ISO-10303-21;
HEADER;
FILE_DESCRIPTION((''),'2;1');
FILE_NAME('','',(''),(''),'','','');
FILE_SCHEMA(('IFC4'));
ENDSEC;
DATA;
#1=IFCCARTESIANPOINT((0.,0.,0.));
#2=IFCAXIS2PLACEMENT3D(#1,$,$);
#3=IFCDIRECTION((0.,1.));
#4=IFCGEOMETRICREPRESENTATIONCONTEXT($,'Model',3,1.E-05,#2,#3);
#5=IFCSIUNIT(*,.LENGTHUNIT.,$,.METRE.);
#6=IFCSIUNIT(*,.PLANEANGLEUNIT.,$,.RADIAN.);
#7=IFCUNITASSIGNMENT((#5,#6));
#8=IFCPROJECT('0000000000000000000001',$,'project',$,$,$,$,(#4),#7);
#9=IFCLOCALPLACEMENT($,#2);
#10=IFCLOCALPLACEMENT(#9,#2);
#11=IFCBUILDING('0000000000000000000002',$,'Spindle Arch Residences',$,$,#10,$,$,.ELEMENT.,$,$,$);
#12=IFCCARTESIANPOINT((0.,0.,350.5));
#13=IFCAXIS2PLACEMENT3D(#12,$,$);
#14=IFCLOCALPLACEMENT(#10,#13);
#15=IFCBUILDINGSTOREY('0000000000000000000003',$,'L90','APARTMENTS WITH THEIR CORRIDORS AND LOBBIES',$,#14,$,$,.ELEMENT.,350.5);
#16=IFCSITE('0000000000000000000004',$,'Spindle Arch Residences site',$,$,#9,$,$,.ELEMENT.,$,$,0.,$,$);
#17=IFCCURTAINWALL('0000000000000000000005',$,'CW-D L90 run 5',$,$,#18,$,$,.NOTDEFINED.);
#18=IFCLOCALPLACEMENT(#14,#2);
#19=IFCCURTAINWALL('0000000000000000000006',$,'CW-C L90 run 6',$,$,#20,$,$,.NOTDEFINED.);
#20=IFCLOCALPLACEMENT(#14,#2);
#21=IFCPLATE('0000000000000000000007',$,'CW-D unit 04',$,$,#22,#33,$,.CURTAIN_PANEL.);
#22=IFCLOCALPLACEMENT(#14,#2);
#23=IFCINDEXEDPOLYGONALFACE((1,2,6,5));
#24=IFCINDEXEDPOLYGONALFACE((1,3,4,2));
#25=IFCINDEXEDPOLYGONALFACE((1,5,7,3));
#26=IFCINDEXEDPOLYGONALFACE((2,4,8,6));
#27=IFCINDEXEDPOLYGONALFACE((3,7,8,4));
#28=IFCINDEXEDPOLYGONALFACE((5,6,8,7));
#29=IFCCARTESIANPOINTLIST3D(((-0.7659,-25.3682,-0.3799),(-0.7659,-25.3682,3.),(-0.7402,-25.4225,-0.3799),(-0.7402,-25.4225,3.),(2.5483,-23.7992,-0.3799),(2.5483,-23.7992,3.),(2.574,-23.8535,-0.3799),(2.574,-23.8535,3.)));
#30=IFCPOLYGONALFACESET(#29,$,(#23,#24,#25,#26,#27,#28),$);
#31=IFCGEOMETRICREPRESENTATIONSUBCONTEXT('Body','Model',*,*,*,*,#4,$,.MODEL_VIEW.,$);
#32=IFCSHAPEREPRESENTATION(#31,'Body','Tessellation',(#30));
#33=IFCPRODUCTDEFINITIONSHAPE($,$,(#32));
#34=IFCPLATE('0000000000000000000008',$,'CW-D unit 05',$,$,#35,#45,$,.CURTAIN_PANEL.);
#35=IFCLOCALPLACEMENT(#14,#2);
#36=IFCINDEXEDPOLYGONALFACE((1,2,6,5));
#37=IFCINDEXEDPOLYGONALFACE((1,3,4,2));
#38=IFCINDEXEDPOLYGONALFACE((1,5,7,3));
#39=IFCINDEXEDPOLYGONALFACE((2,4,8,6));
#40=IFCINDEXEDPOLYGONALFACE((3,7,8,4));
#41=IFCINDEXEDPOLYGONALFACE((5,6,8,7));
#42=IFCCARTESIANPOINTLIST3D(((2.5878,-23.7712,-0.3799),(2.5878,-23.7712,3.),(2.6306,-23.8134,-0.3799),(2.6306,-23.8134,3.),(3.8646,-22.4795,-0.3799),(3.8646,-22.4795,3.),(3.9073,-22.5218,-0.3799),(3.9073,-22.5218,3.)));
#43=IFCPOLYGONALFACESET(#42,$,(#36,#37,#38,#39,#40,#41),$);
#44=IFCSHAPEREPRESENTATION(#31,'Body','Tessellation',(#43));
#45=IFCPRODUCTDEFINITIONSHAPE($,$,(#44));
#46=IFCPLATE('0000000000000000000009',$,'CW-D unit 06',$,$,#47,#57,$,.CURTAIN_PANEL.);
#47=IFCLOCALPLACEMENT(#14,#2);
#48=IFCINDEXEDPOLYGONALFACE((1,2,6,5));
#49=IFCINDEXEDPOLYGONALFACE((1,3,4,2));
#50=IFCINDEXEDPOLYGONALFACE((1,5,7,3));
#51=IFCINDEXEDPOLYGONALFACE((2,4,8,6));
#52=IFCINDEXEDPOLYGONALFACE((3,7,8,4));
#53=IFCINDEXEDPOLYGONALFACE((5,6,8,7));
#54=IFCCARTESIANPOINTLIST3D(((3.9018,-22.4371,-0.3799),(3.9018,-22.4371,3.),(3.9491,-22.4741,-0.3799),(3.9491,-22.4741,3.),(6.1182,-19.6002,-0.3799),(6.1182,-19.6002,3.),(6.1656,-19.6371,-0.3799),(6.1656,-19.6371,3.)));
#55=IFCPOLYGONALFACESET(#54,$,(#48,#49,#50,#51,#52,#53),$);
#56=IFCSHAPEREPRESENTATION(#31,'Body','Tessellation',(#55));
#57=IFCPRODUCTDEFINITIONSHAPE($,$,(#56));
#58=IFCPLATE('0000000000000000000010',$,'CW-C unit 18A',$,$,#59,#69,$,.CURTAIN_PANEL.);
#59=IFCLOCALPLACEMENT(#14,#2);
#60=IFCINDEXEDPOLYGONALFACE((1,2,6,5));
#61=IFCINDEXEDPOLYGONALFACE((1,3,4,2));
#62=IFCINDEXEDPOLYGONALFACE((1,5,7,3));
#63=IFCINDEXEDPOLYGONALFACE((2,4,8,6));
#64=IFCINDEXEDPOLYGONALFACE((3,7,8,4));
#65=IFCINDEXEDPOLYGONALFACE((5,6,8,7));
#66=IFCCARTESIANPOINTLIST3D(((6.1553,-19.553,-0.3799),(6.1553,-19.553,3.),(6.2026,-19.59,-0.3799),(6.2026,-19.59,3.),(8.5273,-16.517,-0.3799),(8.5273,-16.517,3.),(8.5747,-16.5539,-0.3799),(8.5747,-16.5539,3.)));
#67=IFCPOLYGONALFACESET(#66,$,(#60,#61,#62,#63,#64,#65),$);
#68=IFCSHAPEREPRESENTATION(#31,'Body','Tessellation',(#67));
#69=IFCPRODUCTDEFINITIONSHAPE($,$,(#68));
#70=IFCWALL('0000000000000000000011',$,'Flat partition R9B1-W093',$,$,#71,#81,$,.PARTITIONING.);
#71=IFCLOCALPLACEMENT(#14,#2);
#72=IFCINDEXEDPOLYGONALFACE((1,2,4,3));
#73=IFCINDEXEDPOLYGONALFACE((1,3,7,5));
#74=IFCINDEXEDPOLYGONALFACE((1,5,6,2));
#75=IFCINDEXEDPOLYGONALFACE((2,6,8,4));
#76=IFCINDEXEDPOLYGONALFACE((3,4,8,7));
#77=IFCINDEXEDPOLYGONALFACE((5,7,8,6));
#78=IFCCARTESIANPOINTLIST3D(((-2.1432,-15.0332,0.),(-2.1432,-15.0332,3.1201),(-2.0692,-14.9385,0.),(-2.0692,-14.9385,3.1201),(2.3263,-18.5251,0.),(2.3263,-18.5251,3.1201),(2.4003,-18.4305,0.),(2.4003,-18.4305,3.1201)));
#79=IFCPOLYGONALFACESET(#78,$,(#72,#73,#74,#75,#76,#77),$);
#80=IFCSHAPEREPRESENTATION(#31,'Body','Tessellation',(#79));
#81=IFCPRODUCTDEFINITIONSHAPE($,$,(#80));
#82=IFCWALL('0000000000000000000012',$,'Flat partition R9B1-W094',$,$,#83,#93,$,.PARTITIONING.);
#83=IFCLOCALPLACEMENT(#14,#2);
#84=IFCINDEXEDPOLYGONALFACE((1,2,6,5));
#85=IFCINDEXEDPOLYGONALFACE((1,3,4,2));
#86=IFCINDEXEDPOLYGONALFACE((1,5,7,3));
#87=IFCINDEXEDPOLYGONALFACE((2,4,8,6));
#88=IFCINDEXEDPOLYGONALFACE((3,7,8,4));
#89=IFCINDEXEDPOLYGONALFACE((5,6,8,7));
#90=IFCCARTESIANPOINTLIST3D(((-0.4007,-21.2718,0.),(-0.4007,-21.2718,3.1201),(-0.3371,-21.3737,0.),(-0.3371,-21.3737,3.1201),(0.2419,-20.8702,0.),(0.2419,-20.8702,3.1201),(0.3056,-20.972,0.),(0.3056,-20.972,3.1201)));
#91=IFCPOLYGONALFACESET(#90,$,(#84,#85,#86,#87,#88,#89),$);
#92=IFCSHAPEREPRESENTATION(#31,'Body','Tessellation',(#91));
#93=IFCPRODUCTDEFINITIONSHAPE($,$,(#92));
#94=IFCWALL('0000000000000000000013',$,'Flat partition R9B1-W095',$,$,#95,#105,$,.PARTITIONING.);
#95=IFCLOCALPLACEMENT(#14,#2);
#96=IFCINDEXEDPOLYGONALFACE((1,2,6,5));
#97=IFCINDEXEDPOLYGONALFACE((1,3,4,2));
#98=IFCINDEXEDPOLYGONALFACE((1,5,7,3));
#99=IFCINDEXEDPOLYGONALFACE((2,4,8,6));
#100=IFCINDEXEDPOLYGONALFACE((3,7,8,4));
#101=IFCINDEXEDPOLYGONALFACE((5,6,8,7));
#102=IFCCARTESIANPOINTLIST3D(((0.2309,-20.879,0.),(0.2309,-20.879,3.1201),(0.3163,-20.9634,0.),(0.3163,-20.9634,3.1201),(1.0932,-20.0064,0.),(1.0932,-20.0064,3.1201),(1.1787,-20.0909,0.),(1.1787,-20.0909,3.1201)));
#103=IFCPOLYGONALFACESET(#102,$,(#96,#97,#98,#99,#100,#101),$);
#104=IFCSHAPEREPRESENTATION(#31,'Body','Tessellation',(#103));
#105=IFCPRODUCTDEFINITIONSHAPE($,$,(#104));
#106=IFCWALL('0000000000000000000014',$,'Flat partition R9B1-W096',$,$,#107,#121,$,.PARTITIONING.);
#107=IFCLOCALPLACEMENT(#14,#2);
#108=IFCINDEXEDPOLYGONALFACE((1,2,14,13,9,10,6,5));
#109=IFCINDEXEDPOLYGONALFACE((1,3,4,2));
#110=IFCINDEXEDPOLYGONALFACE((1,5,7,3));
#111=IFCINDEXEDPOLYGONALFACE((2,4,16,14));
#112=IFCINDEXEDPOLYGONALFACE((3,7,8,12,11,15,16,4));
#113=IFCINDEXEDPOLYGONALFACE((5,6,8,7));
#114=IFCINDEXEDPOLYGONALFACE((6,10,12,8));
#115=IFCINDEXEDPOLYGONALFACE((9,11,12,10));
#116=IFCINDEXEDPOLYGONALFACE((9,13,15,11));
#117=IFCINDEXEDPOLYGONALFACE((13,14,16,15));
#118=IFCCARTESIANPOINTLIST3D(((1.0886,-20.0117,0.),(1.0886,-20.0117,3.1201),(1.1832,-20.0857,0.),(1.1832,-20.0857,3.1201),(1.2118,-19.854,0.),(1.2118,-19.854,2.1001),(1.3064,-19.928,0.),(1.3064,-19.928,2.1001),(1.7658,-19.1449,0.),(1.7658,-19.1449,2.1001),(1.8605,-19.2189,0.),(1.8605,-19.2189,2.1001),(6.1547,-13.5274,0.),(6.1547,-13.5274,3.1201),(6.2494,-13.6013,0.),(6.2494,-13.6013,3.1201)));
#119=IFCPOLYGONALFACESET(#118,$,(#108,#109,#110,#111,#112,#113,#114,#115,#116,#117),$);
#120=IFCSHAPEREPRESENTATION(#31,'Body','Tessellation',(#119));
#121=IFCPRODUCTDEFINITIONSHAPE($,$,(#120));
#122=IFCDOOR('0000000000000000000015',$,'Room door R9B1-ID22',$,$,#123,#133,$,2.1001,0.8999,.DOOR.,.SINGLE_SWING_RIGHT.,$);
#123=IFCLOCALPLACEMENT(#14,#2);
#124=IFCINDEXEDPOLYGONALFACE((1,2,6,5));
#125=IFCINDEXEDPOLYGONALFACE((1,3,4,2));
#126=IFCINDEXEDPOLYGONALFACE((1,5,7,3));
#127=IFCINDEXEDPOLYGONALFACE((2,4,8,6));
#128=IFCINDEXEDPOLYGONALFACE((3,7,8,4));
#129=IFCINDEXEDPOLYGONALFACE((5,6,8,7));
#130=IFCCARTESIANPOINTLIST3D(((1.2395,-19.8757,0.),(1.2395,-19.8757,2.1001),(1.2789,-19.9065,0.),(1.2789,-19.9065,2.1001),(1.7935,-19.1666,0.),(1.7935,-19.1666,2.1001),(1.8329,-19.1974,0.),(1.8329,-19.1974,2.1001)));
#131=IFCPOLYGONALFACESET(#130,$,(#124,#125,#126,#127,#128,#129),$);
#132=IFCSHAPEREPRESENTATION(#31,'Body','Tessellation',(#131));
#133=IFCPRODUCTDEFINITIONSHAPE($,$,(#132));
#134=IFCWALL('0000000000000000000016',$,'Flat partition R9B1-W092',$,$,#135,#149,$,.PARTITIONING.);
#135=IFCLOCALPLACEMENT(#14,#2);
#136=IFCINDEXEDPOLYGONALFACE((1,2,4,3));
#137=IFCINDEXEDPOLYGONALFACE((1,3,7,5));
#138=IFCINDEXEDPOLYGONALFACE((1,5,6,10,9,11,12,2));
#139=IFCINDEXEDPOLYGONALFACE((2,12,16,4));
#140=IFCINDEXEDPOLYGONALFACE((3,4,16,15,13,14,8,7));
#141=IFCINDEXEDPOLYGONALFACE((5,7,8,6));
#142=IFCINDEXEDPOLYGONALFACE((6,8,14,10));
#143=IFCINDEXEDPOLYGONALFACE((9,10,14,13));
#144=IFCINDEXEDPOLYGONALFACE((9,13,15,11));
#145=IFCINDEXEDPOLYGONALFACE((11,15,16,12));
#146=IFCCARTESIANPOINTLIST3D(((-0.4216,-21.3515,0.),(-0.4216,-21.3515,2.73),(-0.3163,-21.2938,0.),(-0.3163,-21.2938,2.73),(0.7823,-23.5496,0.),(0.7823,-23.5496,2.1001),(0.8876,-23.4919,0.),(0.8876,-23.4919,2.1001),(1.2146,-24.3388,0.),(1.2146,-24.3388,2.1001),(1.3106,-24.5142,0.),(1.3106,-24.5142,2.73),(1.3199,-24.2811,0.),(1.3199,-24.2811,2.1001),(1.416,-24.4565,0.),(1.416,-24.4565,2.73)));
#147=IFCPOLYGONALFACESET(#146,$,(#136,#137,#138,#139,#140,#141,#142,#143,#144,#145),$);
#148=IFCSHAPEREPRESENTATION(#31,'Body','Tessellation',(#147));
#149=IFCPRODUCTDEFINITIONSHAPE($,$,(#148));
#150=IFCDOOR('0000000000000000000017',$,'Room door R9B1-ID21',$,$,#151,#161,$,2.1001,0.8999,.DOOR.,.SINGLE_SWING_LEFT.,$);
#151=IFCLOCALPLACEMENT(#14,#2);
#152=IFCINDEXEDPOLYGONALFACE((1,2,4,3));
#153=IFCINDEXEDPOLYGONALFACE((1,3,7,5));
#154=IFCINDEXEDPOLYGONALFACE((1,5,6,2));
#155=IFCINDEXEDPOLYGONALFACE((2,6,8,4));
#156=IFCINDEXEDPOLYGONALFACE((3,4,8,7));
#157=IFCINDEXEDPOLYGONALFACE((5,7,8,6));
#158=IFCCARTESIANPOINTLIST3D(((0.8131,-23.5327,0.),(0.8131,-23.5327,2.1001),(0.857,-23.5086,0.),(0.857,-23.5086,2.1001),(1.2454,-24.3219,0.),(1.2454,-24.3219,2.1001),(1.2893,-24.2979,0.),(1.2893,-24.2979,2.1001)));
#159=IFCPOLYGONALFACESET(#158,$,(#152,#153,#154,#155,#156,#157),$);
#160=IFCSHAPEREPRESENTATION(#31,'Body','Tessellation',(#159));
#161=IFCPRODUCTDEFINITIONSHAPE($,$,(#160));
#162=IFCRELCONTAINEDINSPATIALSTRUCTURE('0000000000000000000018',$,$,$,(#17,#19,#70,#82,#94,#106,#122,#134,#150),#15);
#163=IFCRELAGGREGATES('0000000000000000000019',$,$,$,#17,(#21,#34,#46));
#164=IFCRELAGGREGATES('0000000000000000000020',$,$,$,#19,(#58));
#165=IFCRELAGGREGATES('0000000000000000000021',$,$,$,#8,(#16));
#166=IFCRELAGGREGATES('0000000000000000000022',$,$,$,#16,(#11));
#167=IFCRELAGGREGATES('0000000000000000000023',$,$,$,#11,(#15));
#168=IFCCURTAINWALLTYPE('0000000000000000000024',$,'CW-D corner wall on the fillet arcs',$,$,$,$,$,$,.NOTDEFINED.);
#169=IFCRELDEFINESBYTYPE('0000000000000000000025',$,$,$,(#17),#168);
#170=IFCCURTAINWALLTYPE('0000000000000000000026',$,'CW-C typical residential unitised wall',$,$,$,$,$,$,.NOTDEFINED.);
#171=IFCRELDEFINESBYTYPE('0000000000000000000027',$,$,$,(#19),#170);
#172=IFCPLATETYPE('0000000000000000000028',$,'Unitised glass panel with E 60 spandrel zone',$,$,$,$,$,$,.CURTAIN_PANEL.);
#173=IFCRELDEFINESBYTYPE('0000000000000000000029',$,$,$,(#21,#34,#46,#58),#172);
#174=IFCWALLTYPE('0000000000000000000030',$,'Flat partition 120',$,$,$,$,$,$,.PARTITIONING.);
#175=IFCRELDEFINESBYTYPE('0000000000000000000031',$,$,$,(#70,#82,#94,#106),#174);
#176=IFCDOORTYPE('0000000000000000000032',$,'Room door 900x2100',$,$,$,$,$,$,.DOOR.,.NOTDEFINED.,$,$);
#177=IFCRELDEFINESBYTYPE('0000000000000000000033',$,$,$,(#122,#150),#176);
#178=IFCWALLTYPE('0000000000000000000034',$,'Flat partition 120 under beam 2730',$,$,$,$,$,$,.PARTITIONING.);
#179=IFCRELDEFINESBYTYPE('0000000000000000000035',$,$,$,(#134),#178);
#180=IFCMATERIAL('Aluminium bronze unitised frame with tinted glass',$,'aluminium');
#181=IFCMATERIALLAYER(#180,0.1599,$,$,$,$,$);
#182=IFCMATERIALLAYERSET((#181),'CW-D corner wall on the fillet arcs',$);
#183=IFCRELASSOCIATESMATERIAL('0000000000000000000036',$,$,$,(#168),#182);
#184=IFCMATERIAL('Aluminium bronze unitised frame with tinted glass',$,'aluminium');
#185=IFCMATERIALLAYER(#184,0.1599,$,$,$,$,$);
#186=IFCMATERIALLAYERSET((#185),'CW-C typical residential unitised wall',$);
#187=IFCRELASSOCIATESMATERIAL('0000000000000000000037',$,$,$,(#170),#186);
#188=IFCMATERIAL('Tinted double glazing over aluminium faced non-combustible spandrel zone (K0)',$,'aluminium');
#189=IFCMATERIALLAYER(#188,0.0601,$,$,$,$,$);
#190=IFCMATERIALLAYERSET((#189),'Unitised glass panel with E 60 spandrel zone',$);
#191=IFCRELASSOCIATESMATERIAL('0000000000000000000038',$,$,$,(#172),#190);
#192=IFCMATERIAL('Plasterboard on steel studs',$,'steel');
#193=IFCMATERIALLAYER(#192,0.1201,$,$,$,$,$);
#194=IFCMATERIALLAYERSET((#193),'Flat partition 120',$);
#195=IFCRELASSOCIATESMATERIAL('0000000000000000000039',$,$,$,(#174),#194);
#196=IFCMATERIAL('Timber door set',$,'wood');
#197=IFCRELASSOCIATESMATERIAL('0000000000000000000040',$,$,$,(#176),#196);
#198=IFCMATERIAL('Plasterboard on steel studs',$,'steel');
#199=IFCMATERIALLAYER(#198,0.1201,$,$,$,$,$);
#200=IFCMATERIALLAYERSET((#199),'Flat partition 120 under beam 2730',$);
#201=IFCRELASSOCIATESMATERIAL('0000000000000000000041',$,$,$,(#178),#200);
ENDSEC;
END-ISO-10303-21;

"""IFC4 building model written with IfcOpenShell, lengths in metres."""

from ifc_helpers import new_model, si_unit, direction, frame, frame_2d, origin, origin_2d, place, context, subcontext, project, spatial, rectangle, extrude, material, layer, layer_set, type_object, element, fill, aggregate, save


model = new_model("IFC4")

# Units and contexts
model_context = context("Model", 3, precision=1e-05, world=origin(), true_north=direction((0.0, 1.0)))
body_context = subcontext(model_context, "Body", "Model", "MODEL_VIEW")
ifc_project = project(units=[si_unit("LENGTHUNIT", "METRE"), si_unit("PLANEANGLEUNIT", "RADIAN")], contexts=[model_context])

# Site, building, storey
site_placement = place(None, origin())
site = spatial("IfcSite", under=ifc_project, at=site_placement, Name="Spindle Arch Residences site", CompositionType="ELEMENT", RefElevation=0.0)
building_placement = place(site_placement, origin())
building = spatial("IfcBuilding", under=site, at=building_placement, Name="Spindle Arch Residences", CompositionType="ELEMENT")
storey_placement = place(building_placement, frame((0.0, 0.0, 350.5)))
storey = spatial("IfcBuildingStorey", under=building, at=storey_placement, Name="L90", Description="APARTMENTS WITH THEIR CORRIDORS AND LOBBIES", CompositionType="ELEMENT", Elevation=350.5)

# Curtain wall
ifc_material_1 = material(Name="Aluminium bronze unitised frame with tinted glass", Category="aluminium")
ifc_layer_1 = layer(ifc_material_1, 0.1599)
ifc_layer_set_1 = layer_set([ifc_layer_1], Name="CW-D corner wall on the fillet arcs")
curtain_wall_type_1 = type_object("IfcCurtainWallType", Name="CW-D corner wall on the fillet arcs", PredefinedType="NOTDEFINED", material=ifc_layer_set_1)
curtain_wall_1_placement = place(storey_placement, origin())
curtain_wall_1 = element("IfcCurtainWall", 1, at=curtain_wall_1_placement, inside=storey, type_object=curtain_wall_type_1, Name="CW-D L90 run 5", PredefinedType="NOTDEFINED")

# Curtain wall
ifc_material_2 = material(Name="Aluminium bronze unitised frame with tinted glass", Category="aluminium")
ifc_layer_2 = layer(ifc_material_2, 0.1599)
ifc_layer_set_2 = layer_set([ifc_layer_2], Name="CW-C typical residential unitised wall")
curtain_wall_type_2 = type_object("IfcCurtainWallType", Name="CW-C typical residential unitised wall", PredefinedType="NOTDEFINED", material=ifc_layer_set_2)
curtain_wall_2_placement = place(storey_placement, origin())
curtain_wall_2 = element("IfcCurtainWall", 2, at=curtain_wall_2_placement, inside=storey, type_object=curtain_wall_type_2, Name="CW-C L90 run 6", PredefinedType="NOTDEFINED")

# Plates
ifc_material_3 = material(Name="Tinted double glazing over aluminium faced non-combustible spandrel zone (K0)", Category="aluminium")
ifc_layer_3 = layer(ifc_material_3, 0.0601)
ifc_layer_set_3 = layer_set([ifc_layer_3], Name="Unitised glass panel with E 60 spandrel zone")
plate_type = type_object("IfcPlateType", Name="Unitised glass panel with E 60 spandrel zone", PredefinedType="CURTAIN_PANEL", material=ifc_layer_set_3)
plate_1_placement = place(storey_placement, frame((0.9041, -24.6108, -0.3799), z_axis=(0.0, 0.0, 1.0), x_axis=(0.903834, 0.427884, 0.0)))
plate_1 = element("IfcPlate", 3, at=plate_1_placement, type_object=plate_type, Name="CW-D unit 04", PredefinedType="CURTAIN_PANEL", context=body_context, shape_type="SweptSolid", body=[
    extrude(rectangle(XDim=3.6667, YDim=0.0601, at=origin_2d()), origin(), (0.0, 0.0, 1.0), 3.3799),
])
plate_2_placement = place(storey_placement, frame((3.2476, -23.1465, -0.3799), z_axis=(0.0, 0.0, 1.0), x_axis=(0.702981, 0.711209, 0.0)))
plate_2 = element("IfcPlate", 4, at=plate_2_placement, type_object=plate_type, Name="CW-D unit 05", PredefinedType="CURTAIN_PANEL", context=body_context, shape_type="SweptSolid", body=[
    extrude(rectangle(XDim=1.8162, YDim=0.0601, at=origin_2d()), origin(), (0.0, 0.0, 1.0), 3.3799),
])
plate_3_placement = place(storey_placement, frame((5.0337, -21.0371, -0.3799), z_axis=(0.0, 0.0, 1.0), x_axis=(0.615661, 0.788011, 0.0)))
plate_3 = element("IfcPlate", 5, at=plate_3_placement, type_object=plate_type, Name="CW-D unit 06", PredefinedType="CURTAIN_PANEL", context=body_context, shape_type="SweptSolid", body=[
    extrude(rectangle(XDim=3.6001, YDim=0.0601, at=origin_2d()), origin(), (0.0, 0.0, 1.0), 3.3799),
])
aggregate(curtain_wall_1, [plate_1, plate_2, plate_3])
plate_4_placement = place(storey_placement, frame((7.365, -18.0535, -0.3799), z_axis=(0.0, 0.0, 1.0), x_axis=(0.615661, 0.788011, 0.0)))
plate_4 = element("IfcPlate", 6, at=plate_4_placement, type_object=plate_type, Name="CW-C unit 18A", PredefinedType="CURTAIN_PANEL", context=body_context, shape_type="SweptSolid", body=[
    extrude(rectangle(XDim=3.8528, YDim=0.0601, at=origin_2d()), origin(), (0.0, 0.0, 1.0), 3.3799),
])
aggregate(curtain_wall_2, [plate_4])

# Walls
ifc_material_4 = material(Name="Plasterboard on steel studs", Category="steel")
ifc_layer_4 = layer(ifc_material_4, 0.1201)
ifc_layer_set_4 = layer_set([ifc_layer_4], Name="Flat partition 120")
wall_type_1 = type_object("IfcWallType", Name="Flat partition 120", PredefinedType="PARTITIONING", material=ifc_layer_set_4)
wall_1_placement = place(storey_placement, frame((2.3633, -18.4778, 0.0), z_axis=(0.0, 0.0, 1.0), x_axis=(-0.788011, 0.615662, 0.0)))
element("IfcWall", 7, at=wall_1_placement, inside=storey, type_object=wall_type_1, Name="Flat partition R9B1-W093", PredefinedType="PARTITIONING", context=body_context, shape_type="SweptSolid", body=[
    extrude(rectangle(XDim=5.6719, YDim=0.1201, at=frame_2d((2.8359, 0.0))), origin(), (0.0, 0.0, 1.0), 3.1201),
])
wall_2_placement = place(storey_placement, frame((-0.3689, -21.3228, 0.0), z_axis=(0.0, 0.0, 1.0), x_axis=(0.847998, 0.529999, 0.0)))
element("IfcWall", 8, at=wall_2_placement, inside=storey, type_object=wall_type_1, Name="Flat partition R9B1-W094", PredefinedType="PARTITIONING", context=body_context, shape_type="SweptSolid", body=[
    extrude(rectangle(XDim=0.7578, YDim=0.1201, at=frame_2d((0.3789, 0.0))), origin(), (0.0, 0.0, 1.0), 3.1201),
])
wall_3_placement = place(storey_placement, frame((0.2737, -20.9211, 0.0), z_axis=(0.0, 0.0, 1.0), x_axis=(0.702915, 0.711274, 0.0)))
element("IfcWall", 9, at=wall_3_placement, inside=storey, type_object=wall_type_1, Name="Flat partition R9B1-W095", PredefinedType="PARTITIONING", context=body_context, shape_type="SweptSolid", body=[
    extrude(rectangle(XDim=1.2268, YDim=0.1201, at=frame_2d((0.6133, 0.0))), origin(), (0.0, 0.0, 1.0), 3.1201),
])

# Walls, openings, doors
wall_4_placement = place(storey_placement, frame((1.136, -20.0486, 0.0), z_axis=(0.0, 0.0, 1.0), x_axis=(0.615662, 0.78801, 0.0)))
wall_4 = element("IfcWall", 10, at=wall_4_placement, inside=storey, type_object=wall_type_1, Name="Flat partition R9B1-W096", PredefinedType="PARTITIONING", context=body_context, shape_type="SweptSolid", body=[
    extrude(rectangle(XDim=8.2288, YDim=0.1201, at=frame_2d((4.1143, 0.0))), origin(), (0.0, 0.0, 1.0), 3.1201),
])
opening_1_placement = place(wall_4_placement, frame((0.2, 0.0, 0.0)))
opening_1 = element("IfcOpeningElement", 11, at=opening_1_placement, cuts=wall_4, PredefinedType="OPENING", context=body_context, shape_type="SweptSolid", body=[
    extrude(rectangle(XDim=0.8999, YDim=2.1001, at=frame_2d((0.45, 1.05))), frame((0.0, 0.0701, 0.0), z_axis=(0.0, -1.0, 0.0), x_axis=(1.0, 0.0, 0.0)), (0.0, 0.0, 1.0), 0.1401),
])
ifc_material_5 = material(Name="Timber door set", Category="wood")
door_type = type_object("IfcDoorType", Name="Room door 900x2100", OperationType="NOTDEFINED", PredefinedType="DOOR", material=ifc_material_5)
door_1_placement = place(opening_1_placement, origin())
door_1 = element("IfcDoor", 12, at=door_1_placement, inside=storey, type_object=door_type, Name="Room door R9B1-ID22", OperationType="SINGLE_SWING_RIGHT", OverallHeight=2.1001, OverallWidth=0.8999, PredefinedType="DOOR", context=body_context, shape_type="SweptSolid", body=[
    extrude(rectangle(XDim=0.8999, YDim=2.1001, at=frame_2d((0.45, 1.05))), frame((0.0, 0.0249, 0.0), z_axis=(0.0, -1.0, 0.0), x_axis=(1.0, 0.0, 0.0)), (0.0, 0.0, 1.0), 0.05),
])
fill(opening_1, door_1)
ifc_material_6 = material(Name="Plasterboard on steel studs", Category="steel")
ifc_layer_5 = layer(ifc_material_6, 0.1201)
ifc_layer_set_5 = layer_set([ifc_layer_5], Name="Flat partition 120 under beam 2730")
wall_type_2 = type_object("IfcWallType", Name="Flat partition 120 under beam 2730", PredefinedType="PARTITIONING", material=ifc_layer_set_5)
wall_5_placement = place(storey_placement, frame((1.3633, -24.4854, 0.0), z_axis=(0.0, 0.0, 1.0), x_axis=(-0.480374, 0.877064, 0.0)))
wall_5 = element("IfcWall", 13, at=wall_5_placement, inside=storey, type_object=wall_type_2, Name="Flat partition R9B1-W092", PredefinedType="PARTITIONING", context=body_context, shape_type="SweptSolid", body=[
    extrude(rectangle(XDim=3.606, YDim=0.1201, at=frame_2d((1.803, 0.0))), origin(), (0.0, 0.0, 1.0), 2.73),
])
opening_2_placement = place(wall_5_placement, frame((0.2, 0.0, 0.0)))
opening_2 = element("IfcOpeningElement", 14, at=opening_2_placement, cuts=wall_5, PredefinedType="OPENING", context=body_context, shape_type="SweptSolid", body=[
    extrude(rectangle(XDim=0.8999, YDim=2.1001, at=frame_2d((0.45, 1.05))), frame((0.0, 0.0701, 0.0), z_axis=(0.0, -1.0, 0.0), x_axis=(1.0, 0.0, 0.0)), (0.0, 0.0, 1.0), 0.1401),
])
door_2_placement = place(opening_2_placement, origin())
door_2 = element("IfcDoor", 15, at=door_2_placement, inside=storey, type_object=door_type, Name="Room door R9B1-ID21", OperationType="SINGLE_SWING_LEFT", OverallHeight=2.1001, OverallWidth=0.8999, PredefinedType="DOOR", context=body_context, shape_type="SweptSolid", body=[
    extrude(rectangle(XDim=0.8999, YDim=2.1001, at=frame_2d((0.45, 1.05))), frame((0.0, 0.0249, 0.0), z_axis=(0.0, -1.0, 0.0), x_axis=(1.0, 0.0, 0.0)), (0.0, 0.0, 1.0), 0.05),
])
fill(opening_2, door_2)

save(model, "model.ifc")
